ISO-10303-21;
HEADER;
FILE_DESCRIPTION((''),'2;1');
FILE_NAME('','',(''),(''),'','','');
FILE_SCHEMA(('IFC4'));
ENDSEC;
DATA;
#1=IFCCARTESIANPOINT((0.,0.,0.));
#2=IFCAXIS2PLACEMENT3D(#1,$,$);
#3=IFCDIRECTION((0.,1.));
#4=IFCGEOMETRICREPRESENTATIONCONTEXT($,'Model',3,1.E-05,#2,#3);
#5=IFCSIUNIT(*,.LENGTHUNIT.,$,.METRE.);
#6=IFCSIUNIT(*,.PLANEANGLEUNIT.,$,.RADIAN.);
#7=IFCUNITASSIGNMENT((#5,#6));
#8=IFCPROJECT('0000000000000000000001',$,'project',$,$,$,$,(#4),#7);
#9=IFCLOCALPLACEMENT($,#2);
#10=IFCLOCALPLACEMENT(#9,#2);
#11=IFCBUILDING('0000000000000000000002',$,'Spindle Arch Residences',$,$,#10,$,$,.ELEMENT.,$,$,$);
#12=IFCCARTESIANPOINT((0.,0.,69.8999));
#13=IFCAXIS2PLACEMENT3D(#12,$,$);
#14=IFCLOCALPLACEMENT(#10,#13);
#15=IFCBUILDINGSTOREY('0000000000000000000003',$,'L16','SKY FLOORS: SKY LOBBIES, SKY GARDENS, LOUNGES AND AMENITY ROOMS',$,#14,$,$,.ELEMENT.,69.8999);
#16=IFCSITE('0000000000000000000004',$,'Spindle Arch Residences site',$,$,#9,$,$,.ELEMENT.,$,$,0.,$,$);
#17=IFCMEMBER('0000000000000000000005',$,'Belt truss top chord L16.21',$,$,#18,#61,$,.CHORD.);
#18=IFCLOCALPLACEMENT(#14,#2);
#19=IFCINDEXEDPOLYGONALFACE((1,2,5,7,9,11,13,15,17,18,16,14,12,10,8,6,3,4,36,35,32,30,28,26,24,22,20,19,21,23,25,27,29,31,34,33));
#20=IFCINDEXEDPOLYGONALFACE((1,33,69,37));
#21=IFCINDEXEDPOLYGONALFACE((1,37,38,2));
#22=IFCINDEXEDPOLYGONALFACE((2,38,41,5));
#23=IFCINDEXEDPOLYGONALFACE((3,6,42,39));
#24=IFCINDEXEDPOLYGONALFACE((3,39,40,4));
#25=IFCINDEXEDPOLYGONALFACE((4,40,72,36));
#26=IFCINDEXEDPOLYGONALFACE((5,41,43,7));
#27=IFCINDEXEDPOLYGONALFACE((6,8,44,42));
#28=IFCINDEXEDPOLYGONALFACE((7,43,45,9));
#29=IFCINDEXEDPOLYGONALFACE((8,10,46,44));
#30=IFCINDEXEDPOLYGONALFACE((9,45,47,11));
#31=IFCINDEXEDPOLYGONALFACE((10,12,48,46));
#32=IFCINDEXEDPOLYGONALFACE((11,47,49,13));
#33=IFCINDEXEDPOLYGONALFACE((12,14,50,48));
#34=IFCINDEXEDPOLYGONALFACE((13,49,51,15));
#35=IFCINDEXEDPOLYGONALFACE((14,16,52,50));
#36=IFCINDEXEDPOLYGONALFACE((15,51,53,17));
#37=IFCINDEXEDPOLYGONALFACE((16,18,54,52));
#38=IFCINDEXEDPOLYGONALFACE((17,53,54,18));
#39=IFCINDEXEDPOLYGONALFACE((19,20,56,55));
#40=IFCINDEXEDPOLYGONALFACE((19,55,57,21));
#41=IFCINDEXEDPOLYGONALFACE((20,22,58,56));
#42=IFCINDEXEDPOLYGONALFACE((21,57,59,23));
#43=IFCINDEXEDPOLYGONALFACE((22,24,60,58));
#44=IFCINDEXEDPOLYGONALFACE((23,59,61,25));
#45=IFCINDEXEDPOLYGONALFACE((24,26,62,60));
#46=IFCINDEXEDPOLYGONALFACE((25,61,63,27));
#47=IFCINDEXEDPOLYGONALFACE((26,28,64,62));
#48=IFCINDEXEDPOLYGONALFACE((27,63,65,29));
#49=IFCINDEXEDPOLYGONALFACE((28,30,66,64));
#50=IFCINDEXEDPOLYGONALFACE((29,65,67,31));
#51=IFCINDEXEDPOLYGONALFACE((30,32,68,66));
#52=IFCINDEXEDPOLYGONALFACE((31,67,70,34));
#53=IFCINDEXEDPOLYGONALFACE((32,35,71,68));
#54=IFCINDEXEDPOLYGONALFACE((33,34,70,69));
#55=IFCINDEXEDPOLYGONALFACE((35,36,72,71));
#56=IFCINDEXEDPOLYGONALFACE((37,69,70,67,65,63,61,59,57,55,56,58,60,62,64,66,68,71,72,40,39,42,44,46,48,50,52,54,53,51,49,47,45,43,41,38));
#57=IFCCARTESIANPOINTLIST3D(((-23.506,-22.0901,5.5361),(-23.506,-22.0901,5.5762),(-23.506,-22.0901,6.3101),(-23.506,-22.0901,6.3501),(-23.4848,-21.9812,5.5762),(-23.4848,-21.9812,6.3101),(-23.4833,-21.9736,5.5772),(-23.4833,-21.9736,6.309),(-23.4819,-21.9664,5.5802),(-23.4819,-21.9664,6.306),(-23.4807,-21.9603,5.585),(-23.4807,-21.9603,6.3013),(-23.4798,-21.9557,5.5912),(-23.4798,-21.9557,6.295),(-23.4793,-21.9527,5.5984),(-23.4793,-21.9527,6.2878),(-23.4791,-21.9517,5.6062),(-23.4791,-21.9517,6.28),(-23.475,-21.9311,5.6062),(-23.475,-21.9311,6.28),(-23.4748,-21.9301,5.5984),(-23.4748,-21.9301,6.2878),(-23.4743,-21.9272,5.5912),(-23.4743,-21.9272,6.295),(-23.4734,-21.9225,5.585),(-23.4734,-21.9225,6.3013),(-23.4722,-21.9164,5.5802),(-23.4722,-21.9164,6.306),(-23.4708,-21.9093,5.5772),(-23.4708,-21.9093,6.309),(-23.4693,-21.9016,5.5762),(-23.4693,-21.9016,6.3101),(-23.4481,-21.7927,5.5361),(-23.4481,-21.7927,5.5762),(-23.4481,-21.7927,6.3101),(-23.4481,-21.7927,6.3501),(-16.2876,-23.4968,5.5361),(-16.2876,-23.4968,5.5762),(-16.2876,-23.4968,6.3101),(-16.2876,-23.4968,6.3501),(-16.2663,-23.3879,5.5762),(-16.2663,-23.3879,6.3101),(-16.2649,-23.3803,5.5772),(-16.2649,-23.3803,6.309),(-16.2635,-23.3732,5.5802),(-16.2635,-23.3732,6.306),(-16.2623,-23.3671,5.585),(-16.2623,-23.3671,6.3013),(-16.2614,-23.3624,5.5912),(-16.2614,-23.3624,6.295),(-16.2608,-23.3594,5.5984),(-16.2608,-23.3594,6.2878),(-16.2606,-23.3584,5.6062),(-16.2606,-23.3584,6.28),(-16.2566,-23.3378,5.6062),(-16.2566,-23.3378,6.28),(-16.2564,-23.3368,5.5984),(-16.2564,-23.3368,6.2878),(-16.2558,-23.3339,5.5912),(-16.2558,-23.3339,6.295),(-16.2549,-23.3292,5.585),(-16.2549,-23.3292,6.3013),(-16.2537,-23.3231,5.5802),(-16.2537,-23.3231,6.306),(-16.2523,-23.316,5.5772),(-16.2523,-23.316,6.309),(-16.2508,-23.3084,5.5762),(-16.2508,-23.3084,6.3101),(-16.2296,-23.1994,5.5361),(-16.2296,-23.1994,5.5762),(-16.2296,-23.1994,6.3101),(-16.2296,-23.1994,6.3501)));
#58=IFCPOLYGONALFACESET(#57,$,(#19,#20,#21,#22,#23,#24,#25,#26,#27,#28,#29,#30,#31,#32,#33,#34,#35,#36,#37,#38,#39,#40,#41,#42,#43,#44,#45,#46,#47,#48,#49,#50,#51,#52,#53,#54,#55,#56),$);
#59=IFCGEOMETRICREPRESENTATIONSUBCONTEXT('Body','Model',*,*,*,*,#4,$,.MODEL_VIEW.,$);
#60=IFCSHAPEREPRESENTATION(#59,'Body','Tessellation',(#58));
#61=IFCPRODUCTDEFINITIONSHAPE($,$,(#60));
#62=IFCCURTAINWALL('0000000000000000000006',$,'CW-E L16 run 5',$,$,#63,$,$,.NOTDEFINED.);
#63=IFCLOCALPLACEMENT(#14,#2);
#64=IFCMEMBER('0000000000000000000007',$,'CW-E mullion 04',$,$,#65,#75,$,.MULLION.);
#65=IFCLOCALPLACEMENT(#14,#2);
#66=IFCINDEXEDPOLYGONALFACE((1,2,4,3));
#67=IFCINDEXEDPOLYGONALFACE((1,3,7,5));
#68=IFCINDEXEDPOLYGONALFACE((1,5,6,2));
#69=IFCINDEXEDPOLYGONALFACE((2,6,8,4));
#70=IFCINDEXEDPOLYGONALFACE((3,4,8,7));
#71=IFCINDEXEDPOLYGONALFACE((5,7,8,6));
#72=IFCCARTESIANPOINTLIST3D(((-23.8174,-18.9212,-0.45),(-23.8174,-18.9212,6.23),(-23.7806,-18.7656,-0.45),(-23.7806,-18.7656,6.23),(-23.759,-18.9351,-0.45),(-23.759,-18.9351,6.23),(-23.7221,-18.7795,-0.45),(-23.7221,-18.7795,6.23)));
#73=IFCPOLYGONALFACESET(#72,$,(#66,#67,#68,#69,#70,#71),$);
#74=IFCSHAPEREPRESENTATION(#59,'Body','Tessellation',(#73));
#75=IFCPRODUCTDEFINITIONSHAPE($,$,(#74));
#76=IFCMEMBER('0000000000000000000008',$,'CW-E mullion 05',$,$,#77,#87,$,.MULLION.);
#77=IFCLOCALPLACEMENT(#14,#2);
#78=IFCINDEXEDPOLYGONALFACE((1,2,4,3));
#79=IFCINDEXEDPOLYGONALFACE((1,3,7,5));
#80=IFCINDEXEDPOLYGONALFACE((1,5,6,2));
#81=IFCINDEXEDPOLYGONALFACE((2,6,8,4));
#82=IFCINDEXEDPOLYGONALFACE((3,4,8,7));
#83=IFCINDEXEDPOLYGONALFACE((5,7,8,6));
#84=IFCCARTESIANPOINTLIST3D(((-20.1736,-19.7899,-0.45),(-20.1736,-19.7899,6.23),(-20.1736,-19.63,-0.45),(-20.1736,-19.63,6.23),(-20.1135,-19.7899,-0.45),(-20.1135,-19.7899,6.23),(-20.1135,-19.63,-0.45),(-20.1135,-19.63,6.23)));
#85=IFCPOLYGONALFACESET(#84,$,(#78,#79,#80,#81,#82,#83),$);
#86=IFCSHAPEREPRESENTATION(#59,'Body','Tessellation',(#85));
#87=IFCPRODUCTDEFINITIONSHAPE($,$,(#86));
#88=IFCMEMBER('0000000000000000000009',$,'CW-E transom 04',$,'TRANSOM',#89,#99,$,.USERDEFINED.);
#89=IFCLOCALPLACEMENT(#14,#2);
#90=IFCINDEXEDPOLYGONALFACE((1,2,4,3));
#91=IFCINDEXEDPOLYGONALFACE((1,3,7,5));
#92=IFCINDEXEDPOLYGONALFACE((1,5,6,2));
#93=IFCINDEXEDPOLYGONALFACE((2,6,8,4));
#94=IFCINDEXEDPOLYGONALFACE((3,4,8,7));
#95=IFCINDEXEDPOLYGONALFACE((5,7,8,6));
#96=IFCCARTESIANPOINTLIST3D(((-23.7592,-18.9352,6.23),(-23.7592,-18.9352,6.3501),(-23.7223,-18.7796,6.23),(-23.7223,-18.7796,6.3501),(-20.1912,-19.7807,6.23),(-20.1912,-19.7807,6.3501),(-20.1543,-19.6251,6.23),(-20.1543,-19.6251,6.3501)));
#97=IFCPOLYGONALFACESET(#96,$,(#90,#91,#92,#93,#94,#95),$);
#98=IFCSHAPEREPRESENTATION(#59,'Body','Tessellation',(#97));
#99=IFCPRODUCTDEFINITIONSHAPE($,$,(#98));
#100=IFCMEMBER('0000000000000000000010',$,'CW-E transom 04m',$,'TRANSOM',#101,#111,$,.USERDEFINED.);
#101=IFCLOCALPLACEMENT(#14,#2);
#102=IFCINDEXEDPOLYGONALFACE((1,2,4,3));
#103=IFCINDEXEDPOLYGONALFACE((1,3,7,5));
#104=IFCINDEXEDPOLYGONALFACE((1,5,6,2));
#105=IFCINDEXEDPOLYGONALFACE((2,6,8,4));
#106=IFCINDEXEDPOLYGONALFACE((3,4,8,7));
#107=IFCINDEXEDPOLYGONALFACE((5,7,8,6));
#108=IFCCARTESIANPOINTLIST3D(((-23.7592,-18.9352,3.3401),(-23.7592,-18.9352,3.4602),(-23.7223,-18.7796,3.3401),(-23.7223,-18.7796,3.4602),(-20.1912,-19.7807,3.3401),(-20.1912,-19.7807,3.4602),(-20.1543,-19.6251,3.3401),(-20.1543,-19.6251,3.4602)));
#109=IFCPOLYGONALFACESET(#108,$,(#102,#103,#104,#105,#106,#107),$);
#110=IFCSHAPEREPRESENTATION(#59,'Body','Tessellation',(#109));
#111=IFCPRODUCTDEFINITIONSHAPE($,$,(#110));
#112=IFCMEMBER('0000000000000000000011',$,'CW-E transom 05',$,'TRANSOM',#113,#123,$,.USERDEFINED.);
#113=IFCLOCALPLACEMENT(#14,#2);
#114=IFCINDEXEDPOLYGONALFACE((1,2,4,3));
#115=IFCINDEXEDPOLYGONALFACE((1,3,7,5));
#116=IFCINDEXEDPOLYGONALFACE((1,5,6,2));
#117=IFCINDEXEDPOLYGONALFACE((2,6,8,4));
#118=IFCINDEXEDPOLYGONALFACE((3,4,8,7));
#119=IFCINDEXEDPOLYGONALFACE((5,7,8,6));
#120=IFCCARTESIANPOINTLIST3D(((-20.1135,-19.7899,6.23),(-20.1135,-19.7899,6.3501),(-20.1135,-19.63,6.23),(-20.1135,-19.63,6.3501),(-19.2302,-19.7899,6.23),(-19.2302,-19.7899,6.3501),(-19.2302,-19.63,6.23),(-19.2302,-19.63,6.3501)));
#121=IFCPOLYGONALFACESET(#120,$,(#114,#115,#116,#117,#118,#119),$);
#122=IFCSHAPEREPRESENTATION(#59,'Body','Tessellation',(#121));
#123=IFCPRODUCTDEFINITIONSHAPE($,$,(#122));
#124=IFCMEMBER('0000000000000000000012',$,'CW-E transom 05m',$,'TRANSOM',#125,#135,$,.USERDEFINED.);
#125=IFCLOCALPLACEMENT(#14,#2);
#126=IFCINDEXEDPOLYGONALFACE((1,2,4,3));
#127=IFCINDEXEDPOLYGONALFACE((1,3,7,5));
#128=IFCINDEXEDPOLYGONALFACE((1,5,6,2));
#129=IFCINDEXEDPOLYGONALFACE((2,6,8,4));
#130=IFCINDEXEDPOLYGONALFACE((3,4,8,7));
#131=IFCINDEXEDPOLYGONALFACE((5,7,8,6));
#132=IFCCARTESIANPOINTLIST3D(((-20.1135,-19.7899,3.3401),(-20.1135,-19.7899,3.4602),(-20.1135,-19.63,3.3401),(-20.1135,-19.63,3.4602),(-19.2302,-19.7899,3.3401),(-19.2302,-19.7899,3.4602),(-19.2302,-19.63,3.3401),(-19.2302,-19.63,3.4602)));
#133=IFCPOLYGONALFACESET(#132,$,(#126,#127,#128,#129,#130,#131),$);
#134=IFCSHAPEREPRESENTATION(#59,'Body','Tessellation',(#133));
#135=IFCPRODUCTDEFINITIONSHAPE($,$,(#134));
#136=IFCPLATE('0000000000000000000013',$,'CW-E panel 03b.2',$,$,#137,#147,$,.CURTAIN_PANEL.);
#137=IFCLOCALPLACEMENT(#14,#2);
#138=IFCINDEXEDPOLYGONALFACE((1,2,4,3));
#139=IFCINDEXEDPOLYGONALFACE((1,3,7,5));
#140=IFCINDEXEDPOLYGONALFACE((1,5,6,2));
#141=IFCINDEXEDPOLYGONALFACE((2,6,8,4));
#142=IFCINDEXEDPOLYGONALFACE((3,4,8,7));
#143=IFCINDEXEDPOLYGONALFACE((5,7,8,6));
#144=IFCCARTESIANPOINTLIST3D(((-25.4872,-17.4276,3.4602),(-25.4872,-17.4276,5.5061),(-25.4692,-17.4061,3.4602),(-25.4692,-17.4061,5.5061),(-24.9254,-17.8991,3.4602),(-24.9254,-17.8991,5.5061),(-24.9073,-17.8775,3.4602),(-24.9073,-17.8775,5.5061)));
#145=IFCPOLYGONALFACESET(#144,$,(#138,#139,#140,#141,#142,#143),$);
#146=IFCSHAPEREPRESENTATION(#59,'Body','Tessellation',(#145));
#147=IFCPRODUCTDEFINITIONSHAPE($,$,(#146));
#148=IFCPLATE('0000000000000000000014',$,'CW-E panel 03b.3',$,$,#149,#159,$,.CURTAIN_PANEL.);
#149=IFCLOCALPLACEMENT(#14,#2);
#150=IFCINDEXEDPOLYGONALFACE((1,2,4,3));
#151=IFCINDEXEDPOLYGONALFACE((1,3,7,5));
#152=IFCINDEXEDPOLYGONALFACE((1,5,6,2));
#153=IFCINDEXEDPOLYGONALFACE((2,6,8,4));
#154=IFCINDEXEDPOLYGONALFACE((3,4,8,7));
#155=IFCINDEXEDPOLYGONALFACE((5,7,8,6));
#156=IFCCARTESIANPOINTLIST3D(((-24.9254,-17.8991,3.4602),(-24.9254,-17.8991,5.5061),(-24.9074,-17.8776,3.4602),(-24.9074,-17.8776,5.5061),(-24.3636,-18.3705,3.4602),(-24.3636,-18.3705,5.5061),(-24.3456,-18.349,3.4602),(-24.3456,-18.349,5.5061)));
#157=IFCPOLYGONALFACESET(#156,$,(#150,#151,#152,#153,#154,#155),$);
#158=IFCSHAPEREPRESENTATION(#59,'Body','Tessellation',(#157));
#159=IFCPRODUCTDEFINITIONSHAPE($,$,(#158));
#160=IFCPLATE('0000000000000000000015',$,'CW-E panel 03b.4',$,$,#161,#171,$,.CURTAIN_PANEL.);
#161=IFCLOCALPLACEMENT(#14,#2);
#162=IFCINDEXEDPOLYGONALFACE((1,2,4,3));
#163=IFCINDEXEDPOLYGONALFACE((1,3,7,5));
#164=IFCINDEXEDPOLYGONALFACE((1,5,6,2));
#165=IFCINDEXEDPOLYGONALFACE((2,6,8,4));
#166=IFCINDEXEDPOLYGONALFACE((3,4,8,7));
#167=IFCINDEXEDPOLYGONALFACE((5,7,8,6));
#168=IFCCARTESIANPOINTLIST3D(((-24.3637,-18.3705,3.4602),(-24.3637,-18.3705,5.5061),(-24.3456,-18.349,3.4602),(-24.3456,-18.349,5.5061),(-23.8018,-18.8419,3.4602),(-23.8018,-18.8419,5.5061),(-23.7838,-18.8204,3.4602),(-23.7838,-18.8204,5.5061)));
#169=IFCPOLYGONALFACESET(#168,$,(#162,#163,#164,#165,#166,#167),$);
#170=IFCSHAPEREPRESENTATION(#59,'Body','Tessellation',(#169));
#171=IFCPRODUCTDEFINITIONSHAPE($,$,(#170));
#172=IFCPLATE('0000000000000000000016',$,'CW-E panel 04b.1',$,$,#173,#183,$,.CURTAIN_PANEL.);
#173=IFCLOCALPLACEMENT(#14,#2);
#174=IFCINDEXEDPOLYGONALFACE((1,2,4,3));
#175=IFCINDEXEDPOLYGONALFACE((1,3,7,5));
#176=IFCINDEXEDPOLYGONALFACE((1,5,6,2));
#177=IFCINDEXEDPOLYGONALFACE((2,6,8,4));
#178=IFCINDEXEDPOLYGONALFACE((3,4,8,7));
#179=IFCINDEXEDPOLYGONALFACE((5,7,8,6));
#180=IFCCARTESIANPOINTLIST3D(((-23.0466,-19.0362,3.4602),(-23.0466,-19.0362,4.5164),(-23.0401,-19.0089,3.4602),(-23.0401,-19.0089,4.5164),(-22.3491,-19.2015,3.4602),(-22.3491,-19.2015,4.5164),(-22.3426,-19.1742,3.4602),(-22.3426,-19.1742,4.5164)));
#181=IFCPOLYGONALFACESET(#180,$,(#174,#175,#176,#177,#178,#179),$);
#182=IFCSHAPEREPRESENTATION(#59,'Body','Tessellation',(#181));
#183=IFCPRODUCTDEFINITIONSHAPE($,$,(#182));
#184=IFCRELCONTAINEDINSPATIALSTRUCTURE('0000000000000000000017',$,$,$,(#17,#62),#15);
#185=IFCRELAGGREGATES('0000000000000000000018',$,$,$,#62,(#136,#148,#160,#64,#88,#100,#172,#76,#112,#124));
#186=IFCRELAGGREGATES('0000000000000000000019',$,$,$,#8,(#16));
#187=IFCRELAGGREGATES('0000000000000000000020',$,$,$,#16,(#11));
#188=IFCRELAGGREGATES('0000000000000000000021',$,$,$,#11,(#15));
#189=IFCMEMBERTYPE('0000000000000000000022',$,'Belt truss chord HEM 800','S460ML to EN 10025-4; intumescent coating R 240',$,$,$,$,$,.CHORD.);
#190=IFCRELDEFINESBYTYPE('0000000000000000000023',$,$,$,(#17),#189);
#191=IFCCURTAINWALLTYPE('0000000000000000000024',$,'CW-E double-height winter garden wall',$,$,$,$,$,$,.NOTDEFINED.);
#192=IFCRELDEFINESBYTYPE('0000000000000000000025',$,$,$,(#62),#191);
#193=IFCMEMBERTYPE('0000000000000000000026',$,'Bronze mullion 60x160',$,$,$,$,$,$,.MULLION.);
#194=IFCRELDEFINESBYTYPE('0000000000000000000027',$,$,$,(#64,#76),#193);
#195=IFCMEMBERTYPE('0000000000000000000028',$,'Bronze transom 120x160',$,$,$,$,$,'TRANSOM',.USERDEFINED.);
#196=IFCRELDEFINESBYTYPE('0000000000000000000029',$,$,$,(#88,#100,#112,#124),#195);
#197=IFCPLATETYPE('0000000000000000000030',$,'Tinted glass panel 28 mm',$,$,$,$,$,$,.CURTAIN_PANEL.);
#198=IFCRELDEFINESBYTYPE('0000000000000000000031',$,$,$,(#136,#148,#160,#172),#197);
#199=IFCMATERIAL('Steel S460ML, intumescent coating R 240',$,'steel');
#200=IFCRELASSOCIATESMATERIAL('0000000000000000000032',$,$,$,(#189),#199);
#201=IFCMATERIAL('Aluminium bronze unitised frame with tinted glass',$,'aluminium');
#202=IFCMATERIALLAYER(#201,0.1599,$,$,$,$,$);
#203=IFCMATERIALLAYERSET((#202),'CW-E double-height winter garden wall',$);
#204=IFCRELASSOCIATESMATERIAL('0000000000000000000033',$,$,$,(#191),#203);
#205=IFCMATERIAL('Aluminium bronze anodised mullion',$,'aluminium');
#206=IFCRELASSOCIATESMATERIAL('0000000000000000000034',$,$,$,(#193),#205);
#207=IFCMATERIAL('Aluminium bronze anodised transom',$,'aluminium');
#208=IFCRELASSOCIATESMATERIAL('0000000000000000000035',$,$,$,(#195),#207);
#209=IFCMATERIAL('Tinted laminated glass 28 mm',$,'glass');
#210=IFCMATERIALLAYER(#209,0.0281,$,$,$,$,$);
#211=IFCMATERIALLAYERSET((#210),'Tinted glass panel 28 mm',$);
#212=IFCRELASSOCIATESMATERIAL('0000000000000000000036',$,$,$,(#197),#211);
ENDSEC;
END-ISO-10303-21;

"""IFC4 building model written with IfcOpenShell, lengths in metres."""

from ifc_helpers import new_model, si_unit, direction, frame, origin, origin_2d, place, context, subcontext, project, spatial, rectangle, i_section, extrude, material, layer, layer_set, material_profile, profile_set, type_object, element, aggregate, save


model = new_model("IFC4")

# Units and contexts
model_context = context("Model", 3, precision=1e-05, world=origin(), true_north=direction((0.0, 1.0)))
body_context = subcontext(model_context, "Body", "Model", "MODEL_VIEW")
ifc_project = project(units=[si_unit("LENGTHUNIT", "METRE"), si_unit("PLANEANGLEUNIT", "RADIAN")], contexts=[model_context])

# Site, building, storey
site_placement = place(None, origin())
site = spatial("IfcSite", under=ifc_project, at=site_placement, Name="Spindle Arch Residences site", CompositionType="ELEMENT", RefElevation=0.0)
building_placement = place(site_placement, origin())
building = spatial("IfcBuilding", under=site, at=building_placement, Name="Spindle Arch Residences", CompositionType="ELEMENT")
storey_placement = place(building_placement, frame((0.0, 0.0, 69.8999)))
storey = spatial("IfcBuildingStorey", under=building, at=storey_placement, Name="L16", Description="SKY FLOORS: SKY LOBBIES, SKY GARDENS, LOUNGES AND AMENITY ROOMS", CompositionType="ELEMENT", Elevation=69.8999)

# Member
ifc_material_1 = material(Name="Steel S460ML, intumescent coating R 240", Category="steel")
ifc_material_profile_1 = material_profile(ifc_material_1, i_section(OverallWidth=0.303, OverallDepth=0.814, WebThickness=0.021, FlangeThickness=0.04, FilletRadius=0.03, at=origin_2d()), Name="HEM 800")
ifc_profile_set_1 = profile_set([ifc_material_profile_1], Name="Steel S460ML, intumescent coating R 240")
member_type_1 = type_object("IfcMemberType", Name="Belt truss chord HEM 800", Description="S460ML to EN 10025-4; intumescent coating R 240", PredefinedType="CHORD", material=ifc_profile_set_1)
member_1_placement = place(storey_placement, frame((-23.4771, -21.9414, 5.9431), z_axis=(0.981535, -0.191281, 0.0), x_axis=(0.191281, 0.981535, 0.0)))
element("IfcMember", 1, at=member_1_placement, inside=storey, type_object=member_type_1, Name="Belt truss top chord L16.21", PredefinedType="CHORD", context=body_context, shape_type="SweptSolid", body=[
    extrude(i_section(OverallWidth=0.303, OverallDepth=0.814, WebThickness=0.021, FlangeThickness=0.04, FilletRadius=0.03, at=origin_2d()), origin(), (0.0, 0.0, 1.0), 7.3542),
])

# Curtain wall, members, plates
ifc_material_2 = material(Name="Aluminium bronze unitised frame with tinted glass", Category="aluminium")
ifc_layer_1 = layer(ifc_material_2, 0.1599)
ifc_layer_set_1 = layer_set([ifc_layer_1], Name="CW-E double-height winter garden wall")
curtain_wall_type = type_object("IfcCurtainWallType", Name="CW-E double-height winter garden wall", PredefinedType="NOTDEFINED", material=ifc_layer_set_1)
curtain_wall_placement = place(storey_placement, origin())
curtain_wall = element("IfcCurtainWall", 2, at=curtain_wall_placement, inside=storey, type_object=curtain_wall_type, Name="CW-E L16 run 5", PredefinedType="NOTDEFINED")
ifc_material_3 = material(Name="Aluminium bronze anodised mullion", Category="aluminium")
ifc_material_profile_2 = material_profile(ifc_material_3, rectangle(XDim=0.1599, YDim=0.0601, at=origin_2d()), Name="MU 60x160")
ifc_profile_set_2 = profile_set([ifc_material_profile_2], Name="Aluminium bronze anodised mullion")
member_type_2 = type_object("IfcMemberType", Name="Bronze mullion 60x160", PredefinedType="MULLION", material=ifc_profile_set_2)
member_2_placement = place(storey_placement, frame((-23.7698, -18.8503, -0.45), z_axis=(0.0, 0.0, 1.0), x_axis=(0.230616, 0.973045, 0.0)))
member_2 = element("IfcMember", 3, at=member_2_placement, type_object=member_type_2, Name="CW-E mullion 04", PredefinedType="MULLION", context=body_context, shape_type="SweptSolid", body=[
    extrude(rectangle(XDim=0.1599, YDim=0.0601, at=origin_2d()), origin(), (0.0, 0.0, 1.0), 6.6799),
])
member_3_placement = place(storey_placement, frame((-20.1436, -19.71, -0.45), z_axis=(0.0, 0.0, 1.0), x_axis=(0.0, 1.0, 0.0)))
member_3 = element("IfcMember", 4, at=member_3_placement, type_object=member_type_2, Name="CW-E mullion 05", PredefinedType="MULLION", context=body_context, shape_type="SweptSolid", body=[
    extrude(rectangle(XDim=0.1599, YDim=0.0601, at=origin_2d()), origin(), (0.0, 0.0, 1.0), 6.6799),
])
ifc_material_4 = material(Name="Aluminium bronze anodised transom", Category="aluminium")
ifc_material_profile_3 = material_profile(ifc_material_4, rectangle(XDim=0.1599, YDim=0.1201, at=origin_2d()), Name="TR 120x160")
ifc_profile_set_3 = profile_set([ifc_material_profile_3], Name="Aluminium bronze anodised transom")
member_type_3 = type_object("IfcMemberType", Name="Bronze transom 120x160", ElementType="TRANSOM", PredefinedType="USERDEFINED", material=ifc_profile_set_3)
member_4_placement = place(storey_placement, frame((-23.7407, -18.8574, 6.29), z_axis=(0.973054, -0.230579, 0.0), x_axis=(0.230579, 0.973054, 0.0)))
member_4 = element("IfcMember", 5, at=member_4_placement, type_object=member_type_3, Name="CW-E transom 04", ObjectType="TRANSOM", PredefinedType="USERDEFINED", context=body_context, shape_type="SweptSolid", body=[
    extrude(rectangle(XDim=0.1599, YDim=0.1201, at=origin_2d()), origin(), (0.0, 0.0, 1.0), 3.6667),
])
member_5_placement = place(storey_placement, frame((-23.7407, -18.8574, 3.4001), z_axis=(0.973054, -0.230579, 0.0), x_axis=(0.230579, 0.973054, 0.0)))
member_5 = element("IfcMember", 6, at=member_5_placement, type_object=member_type_3, Name="CW-E transom 04m", ObjectType="TRANSOM", PredefinedType="USERDEFINED", context=body_context, shape_type="SweptSolid", body=[
    extrude(rectangle(XDim=0.1599, YDim=0.1201, at=origin_2d()), origin(), (0.0, 0.0, 1.0), 3.6667),
])
member_6_placement = place(storey_placement, frame((-20.1135, -19.71, 6.29), z_axis=(1.0, 0.0, 0.0), x_axis=(0.0, 1.0, 0.0)))
member_6 = element("IfcMember", 7, at=member_6_placement, type_object=member_type_3, Name="CW-E transom 05", ObjectType="TRANSOM", PredefinedType="USERDEFINED", context=body_context, shape_type="SweptSolid", body=[
    extrude(rectangle(XDim=0.1599, YDim=0.1201, at=origin_2d()), origin(), (0.0, 0.0, 1.0), 0.8833),
])
member_7_placement = place(storey_placement, frame((-20.1135, -19.71, 3.4001), z_axis=(1.0, 0.0, 0.0), x_axis=(0.0, 1.0, 0.0)))
member_7 = element("IfcMember", 8, at=member_7_placement, type_object=member_type_3, Name="CW-E transom 05m", ObjectType="TRANSOM", PredefinedType="USERDEFINED", context=body_context, shape_type="SweptSolid", body=[
    extrude(rectangle(XDim=0.1599, YDim=0.1201, at=origin_2d()), origin(), (0.0, 0.0, 1.0), 0.8833),
])
ifc_material_5 = material(Name="Tinted laminated glass 28 mm", Category="glass")
ifc_layer_2 = layer(ifc_material_5, 0.0281)
ifc_layer_set_2 = layer_set([ifc_layer_2], Name="Tinted glass panel 28 mm")
plate_type_1 = type_object("IfcPlateType", Name="Tinted glass panel 28 mm", PredefinedType="CURTAIN_PANEL", material=ifc_layer_set_2)
plate_1_placement = place(storey_placement, frame((-25.1973, -17.6526, 3.4602), z_axis=(0.0, 0.0, 1.0), x_axis=(0.766044, -0.642788, 0.0)))
plate_1 = element("IfcPlate", 9, at=plate_1_placement, type_object=plate_type_1, Name="CW-E panel 03b.2", PredefinedType="CURTAIN_PANEL", context=body_context, shape_type="SweptSolid", body=[
    extrude(rectangle(XDim=0.7334, YDim=0.0281, at=origin_2d()), origin(), (0.0, 0.0, 1.0), 2.0459),
])
plate_2_placement = place(storey_placement, frame((-24.6355, -18.124, 3.4602), z_axis=(0.0, 0.0, 1.0), x_axis=(0.766044, -0.642788, 0.0)))
plate_2 = element("IfcPlate", 10, at=plate_2_placement, type_object=plate_type_1, Name="CW-E panel 03b.3", PredefinedType="CURTAIN_PANEL", context=body_context, shape_type="SweptSolid", body=[
    extrude(rectangle(XDim=0.7334, YDim=0.0281, at=origin_2d()), origin(), (0.0, 0.0, 1.0), 2.0459),
])
plate_3_placement = place(storey_placement, frame((-24.0737, -18.5955, 3.4602), z_axis=(0.0, 0.0, 1.0), x_axis=(0.766044, -0.642788, 0.0)))
plate_3 = element("IfcPlate", 11, at=plate_3_placement, type_object=plate_type_1, Name="CW-E panel 03b.4", PredefinedType="CURTAIN_PANEL", context=body_context, shape_type="SweptSolid", body=[
    extrude(rectangle(XDim=0.7334, YDim=0.0281, at=origin_2d()), origin(), (0.0, 0.0, 1.0), 2.0459),
])
plate_4_placement = place(storey_placement, frame((-22.6946, -19.1052, 3.4602), z_axis=(0.0, 0.0, 1.0), x_axis=(0.973045, -0.230616, 0.0)))
plate_4 = element("IfcPlate", 12, at=plate_4_placement, type_object=plate_type_1, Name="CW-E panel 04b.1", PredefinedType="CURTAIN_PANEL", context=body_context, shape_type="SweptSolid", body=[
    extrude(rectangle(XDim=0.7168, YDim=0.0281, at=origin_2d()), origin(), (0.0, 0.0, 1.0), 1.0562),
])
aggregate(curtain_wall, [plate_1, plate_2, plate_3, member_2, member_4, member_5, plate_4, member_3, member_6, member_7])

save(model, "model.ifc")
